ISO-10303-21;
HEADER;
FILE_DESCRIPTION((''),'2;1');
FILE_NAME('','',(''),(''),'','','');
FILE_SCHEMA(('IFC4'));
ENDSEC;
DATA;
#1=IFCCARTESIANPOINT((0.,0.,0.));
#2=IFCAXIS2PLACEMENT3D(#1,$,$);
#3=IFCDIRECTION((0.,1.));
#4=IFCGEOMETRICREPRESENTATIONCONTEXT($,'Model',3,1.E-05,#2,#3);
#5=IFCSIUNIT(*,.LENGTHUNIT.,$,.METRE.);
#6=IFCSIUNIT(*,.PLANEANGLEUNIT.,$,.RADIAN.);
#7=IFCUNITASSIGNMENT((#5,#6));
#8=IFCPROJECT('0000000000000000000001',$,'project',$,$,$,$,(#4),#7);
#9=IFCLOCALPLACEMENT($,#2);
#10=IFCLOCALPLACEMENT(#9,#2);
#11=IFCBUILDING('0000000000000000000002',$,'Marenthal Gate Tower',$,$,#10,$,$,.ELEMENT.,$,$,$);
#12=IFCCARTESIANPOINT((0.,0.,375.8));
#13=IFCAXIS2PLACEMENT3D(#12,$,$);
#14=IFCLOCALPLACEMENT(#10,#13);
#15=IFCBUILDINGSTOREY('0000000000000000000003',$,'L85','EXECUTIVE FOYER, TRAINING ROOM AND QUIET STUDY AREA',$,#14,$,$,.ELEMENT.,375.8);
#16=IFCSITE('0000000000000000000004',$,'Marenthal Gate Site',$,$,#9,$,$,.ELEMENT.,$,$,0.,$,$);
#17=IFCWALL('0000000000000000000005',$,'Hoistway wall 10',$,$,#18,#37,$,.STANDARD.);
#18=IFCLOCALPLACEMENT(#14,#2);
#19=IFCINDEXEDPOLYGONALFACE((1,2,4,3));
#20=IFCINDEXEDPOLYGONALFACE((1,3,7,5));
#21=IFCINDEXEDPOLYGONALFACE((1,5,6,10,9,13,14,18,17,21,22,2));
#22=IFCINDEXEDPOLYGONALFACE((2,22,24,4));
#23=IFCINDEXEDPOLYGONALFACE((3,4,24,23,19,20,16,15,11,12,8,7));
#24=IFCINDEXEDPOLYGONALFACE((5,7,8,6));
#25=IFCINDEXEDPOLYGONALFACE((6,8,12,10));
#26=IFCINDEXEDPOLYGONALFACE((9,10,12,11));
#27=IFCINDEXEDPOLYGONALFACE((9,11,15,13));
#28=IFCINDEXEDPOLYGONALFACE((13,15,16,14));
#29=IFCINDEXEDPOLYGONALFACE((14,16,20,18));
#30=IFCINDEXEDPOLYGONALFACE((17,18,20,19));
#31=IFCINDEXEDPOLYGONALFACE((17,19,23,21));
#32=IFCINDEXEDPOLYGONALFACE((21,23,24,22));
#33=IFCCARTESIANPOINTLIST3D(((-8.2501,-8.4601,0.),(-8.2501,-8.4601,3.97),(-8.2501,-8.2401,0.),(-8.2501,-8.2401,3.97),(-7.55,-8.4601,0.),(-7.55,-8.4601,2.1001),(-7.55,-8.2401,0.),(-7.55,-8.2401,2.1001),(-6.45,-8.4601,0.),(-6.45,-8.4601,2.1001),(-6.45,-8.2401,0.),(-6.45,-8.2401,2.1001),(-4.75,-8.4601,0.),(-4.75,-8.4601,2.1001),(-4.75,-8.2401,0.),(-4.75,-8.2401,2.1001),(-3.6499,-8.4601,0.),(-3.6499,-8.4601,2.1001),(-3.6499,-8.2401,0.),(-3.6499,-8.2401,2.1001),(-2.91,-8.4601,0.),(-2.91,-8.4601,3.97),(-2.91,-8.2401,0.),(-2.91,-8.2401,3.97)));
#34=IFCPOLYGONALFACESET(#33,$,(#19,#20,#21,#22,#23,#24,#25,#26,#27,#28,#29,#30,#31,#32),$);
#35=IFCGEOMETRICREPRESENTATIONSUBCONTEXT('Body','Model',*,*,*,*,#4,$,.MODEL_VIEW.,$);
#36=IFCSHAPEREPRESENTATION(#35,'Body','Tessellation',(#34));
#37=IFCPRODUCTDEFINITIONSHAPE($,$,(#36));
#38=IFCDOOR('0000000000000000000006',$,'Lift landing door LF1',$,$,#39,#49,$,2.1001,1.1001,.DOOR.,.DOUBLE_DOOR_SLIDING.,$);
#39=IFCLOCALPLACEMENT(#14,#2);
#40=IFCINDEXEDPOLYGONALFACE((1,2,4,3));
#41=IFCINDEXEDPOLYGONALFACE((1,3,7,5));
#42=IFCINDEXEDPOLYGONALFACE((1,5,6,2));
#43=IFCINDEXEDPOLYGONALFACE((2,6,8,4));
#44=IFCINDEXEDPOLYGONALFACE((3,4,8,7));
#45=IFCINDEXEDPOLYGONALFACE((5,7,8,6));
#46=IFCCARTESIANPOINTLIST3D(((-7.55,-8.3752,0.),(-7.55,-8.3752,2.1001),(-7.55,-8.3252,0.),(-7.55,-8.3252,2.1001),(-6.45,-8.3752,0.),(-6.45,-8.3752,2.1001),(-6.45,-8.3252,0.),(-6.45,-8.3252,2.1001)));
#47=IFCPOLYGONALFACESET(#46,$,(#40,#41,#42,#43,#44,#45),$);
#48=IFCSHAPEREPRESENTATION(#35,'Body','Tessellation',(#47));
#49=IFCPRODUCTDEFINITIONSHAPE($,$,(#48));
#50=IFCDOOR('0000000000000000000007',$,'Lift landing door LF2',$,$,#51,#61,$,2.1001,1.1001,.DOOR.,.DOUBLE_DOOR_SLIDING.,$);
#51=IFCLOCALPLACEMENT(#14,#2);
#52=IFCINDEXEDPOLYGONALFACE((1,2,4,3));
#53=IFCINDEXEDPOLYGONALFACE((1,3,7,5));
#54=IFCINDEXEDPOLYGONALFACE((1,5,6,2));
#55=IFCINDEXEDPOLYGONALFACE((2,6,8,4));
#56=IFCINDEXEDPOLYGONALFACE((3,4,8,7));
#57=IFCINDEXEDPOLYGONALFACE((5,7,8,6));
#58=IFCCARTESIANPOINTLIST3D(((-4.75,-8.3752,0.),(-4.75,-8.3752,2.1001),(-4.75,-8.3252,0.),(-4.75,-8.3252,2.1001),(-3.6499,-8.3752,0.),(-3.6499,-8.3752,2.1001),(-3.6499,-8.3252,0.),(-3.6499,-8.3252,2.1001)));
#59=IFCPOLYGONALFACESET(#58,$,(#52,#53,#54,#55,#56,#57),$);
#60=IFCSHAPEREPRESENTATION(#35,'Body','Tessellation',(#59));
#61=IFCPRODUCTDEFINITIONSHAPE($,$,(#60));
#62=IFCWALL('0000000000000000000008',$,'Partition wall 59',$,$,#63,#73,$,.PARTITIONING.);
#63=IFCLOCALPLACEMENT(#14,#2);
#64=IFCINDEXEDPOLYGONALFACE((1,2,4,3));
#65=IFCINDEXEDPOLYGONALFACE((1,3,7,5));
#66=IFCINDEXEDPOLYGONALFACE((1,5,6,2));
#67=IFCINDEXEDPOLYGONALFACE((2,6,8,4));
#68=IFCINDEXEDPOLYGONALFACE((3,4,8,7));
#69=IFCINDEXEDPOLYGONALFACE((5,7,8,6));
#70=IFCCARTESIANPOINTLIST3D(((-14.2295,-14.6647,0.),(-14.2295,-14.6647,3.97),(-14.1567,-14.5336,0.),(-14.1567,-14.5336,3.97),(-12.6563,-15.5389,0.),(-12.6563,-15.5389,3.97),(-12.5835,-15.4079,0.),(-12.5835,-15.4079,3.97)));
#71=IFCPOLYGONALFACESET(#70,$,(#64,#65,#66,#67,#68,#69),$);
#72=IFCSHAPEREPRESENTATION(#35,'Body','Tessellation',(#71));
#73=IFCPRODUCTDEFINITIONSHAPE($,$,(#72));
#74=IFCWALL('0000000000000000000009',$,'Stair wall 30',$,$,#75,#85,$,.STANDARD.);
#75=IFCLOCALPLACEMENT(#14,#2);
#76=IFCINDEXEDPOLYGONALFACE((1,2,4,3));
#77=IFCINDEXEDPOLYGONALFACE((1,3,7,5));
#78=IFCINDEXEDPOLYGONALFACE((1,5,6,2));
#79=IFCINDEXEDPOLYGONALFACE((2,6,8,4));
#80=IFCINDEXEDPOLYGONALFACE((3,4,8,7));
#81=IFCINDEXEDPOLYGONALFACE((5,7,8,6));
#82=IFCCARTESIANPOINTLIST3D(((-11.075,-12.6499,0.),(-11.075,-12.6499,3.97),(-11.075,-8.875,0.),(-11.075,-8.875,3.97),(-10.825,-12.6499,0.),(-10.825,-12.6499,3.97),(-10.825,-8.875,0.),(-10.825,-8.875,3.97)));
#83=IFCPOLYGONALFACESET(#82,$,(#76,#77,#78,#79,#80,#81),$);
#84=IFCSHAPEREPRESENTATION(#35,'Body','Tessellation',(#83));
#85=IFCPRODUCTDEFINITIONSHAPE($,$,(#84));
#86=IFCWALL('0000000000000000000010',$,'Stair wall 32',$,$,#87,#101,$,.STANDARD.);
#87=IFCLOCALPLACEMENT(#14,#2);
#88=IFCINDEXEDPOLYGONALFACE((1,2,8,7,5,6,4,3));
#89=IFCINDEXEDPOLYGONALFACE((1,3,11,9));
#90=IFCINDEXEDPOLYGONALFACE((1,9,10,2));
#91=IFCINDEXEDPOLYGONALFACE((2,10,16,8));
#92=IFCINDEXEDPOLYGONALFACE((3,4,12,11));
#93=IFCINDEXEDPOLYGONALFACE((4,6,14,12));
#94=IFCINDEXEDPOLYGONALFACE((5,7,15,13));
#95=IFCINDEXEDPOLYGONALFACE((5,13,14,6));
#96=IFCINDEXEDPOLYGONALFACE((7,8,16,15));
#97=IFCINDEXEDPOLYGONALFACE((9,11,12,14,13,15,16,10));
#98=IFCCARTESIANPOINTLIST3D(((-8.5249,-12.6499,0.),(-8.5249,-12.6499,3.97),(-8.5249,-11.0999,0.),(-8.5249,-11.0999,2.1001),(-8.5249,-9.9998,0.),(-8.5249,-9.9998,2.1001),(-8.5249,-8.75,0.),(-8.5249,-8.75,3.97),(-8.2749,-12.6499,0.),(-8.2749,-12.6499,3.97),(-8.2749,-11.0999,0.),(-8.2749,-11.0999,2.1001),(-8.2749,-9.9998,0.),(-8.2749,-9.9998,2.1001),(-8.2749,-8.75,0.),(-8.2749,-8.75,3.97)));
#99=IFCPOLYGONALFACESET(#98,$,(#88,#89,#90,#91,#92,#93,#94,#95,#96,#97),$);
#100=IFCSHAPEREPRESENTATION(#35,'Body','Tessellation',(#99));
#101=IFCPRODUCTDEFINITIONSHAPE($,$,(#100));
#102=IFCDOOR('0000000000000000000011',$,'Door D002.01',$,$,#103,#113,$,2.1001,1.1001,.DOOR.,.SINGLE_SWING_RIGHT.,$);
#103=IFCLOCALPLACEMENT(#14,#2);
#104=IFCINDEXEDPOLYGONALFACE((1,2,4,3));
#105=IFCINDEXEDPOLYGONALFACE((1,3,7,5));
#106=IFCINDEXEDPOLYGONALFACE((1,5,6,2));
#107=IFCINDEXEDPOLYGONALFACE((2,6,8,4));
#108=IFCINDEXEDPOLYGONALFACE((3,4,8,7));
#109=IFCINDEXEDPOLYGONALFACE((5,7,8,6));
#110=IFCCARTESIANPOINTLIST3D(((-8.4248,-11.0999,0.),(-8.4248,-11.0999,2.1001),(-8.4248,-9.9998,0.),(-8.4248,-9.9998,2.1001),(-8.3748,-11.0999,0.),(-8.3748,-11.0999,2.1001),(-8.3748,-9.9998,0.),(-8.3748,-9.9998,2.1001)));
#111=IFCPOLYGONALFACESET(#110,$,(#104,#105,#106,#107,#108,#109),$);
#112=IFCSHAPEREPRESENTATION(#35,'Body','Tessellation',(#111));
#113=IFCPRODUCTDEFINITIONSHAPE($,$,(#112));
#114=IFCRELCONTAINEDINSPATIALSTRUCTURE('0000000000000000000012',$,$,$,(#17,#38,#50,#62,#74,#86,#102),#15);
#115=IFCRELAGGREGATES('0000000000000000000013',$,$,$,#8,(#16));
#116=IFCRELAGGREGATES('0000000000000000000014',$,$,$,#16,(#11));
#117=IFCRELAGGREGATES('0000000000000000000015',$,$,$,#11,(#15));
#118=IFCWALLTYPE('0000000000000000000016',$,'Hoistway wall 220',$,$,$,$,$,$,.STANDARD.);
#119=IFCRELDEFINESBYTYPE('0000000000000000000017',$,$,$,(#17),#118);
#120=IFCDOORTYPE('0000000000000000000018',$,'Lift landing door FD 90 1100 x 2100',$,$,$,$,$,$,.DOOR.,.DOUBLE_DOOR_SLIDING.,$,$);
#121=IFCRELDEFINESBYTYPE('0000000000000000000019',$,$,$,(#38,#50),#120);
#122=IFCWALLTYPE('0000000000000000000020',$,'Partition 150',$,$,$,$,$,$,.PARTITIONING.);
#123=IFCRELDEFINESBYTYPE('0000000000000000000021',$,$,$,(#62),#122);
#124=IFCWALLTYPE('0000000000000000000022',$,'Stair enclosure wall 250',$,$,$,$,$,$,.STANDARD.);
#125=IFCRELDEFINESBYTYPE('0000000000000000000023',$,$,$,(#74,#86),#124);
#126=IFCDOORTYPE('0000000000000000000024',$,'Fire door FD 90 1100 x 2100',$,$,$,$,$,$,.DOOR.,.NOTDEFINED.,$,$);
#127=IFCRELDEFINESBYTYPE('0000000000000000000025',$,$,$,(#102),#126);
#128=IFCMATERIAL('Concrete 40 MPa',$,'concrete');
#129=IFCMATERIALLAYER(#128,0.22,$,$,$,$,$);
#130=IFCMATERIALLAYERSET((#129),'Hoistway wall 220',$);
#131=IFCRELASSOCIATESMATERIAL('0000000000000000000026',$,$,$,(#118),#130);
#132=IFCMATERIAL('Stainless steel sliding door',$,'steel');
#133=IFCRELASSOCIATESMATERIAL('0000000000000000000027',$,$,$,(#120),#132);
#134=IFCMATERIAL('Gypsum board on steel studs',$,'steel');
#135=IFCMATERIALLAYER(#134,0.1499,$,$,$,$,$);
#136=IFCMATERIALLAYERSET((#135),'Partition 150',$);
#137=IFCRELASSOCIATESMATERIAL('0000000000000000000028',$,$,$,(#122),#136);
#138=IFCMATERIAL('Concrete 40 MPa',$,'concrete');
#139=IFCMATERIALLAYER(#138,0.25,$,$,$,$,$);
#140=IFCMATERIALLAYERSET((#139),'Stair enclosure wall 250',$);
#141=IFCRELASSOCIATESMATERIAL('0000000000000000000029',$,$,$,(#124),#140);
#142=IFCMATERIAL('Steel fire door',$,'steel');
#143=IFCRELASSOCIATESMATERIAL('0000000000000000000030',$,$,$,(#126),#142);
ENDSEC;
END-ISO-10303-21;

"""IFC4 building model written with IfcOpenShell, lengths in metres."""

from ifc_helpers import new_model, si_unit, direction, frame, frame_2d, origin, place, context, subcontext, project, spatial, rectangle, extrude, material, layer, layer_set, type_object, element, fill, save


model = new_model("IFC4")

# Units and contexts
model_context = context("Model", 3, precision=1e-05, world=origin(), true_north=direction((0.0, 1.0)))
body_context = subcontext(model_context, "Body", "Model", "MODEL_VIEW")
ifc_project = project(units=[si_unit("LENGTHUNIT", "METRE"), si_unit("PLANEANGLEUNIT", "RADIAN")], contexts=[model_context])

# Site, building, storey
site_placement = place(None, origin())
site = spatial("IfcSite", under=ifc_project, at=site_placement, Name="Marenthal Gate Site", CompositionType="ELEMENT", RefElevation=0.0)
building_placement = place(site_placement, origin())
building = spatial("IfcBuilding", under=site, at=building_placement, Name="Marenthal Gate Tower", CompositionType="ELEMENT")
storey_placement = place(building_placement, frame((0.0, 0.0, 375.8)))
storey = spatial("IfcBuildingStorey", under=building, at=storey_placement, Name="L85", Description="EXECUTIVE FOYER, TRAINING ROOM AND QUIET STUDY AREA", CompositionType="ELEMENT", Elevation=375.8)

# Wall, openings, doors
ifc_material_1 = material(Name="Concrete 40 MPa", Category="concrete")
ifc_layer_1 = layer(ifc_material_1, 0.22)
ifc_layer_set_1 = layer_set([ifc_layer_1], Name="Hoistway wall 220")
wall_type_1 = type_object("IfcWallType", Name="Hoistway wall 220", PredefinedType="STANDARD", material=ifc_layer_set_1)
wall_1_placement = place(storey_placement, frame((-8.25, -8.3501, 0.0), z_axis=(0.0, 0.0, 1.0), x_axis=(1.0, 0.0, 0.0)))
wall_1 = element("IfcWall", 1, at=wall_1_placement, inside=storey, type_object=wall_type_1, Name="Hoistway wall 10", PredefinedType="STANDARD", context=body_context, shape_type="SweptSolid", body=[
    extrude(rectangle(XDim=5.3401, YDim=0.22, at=frame_2d((2.6699, 0.0))), origin(), (0.0, 0.0, 1.0), 3.97),
])
opening_1_placement = place(wall_1_placement, frame((0.7, 0.0, 0.0)))
opening_1 = element("IfcOpeningElement", 2, at=opening_1_placement, cuts=wall_1, PredefinedType="OPENING", context=body_context, shape_type="SweptSolid", body=[
    extrude(rectangle(XDim=1.1001, YDim=2.1001, at=frame_2d((0.55, 1.05))), frame((0.0, 0.1201, 0.0), z_axis=(0.0, -1.0, 0.0), x_axis=(1.0, 0.0, 0.0)), (0.0, 0.0, 1.0), 0.24),
])
opening_2_placement = place(wall_1_placement, frame((3.5, 0.0, 0.0)))
opening_2 = element("IfcOpeningElement", 3, at=opening_2_placement, cuts=wall_1, PredefinedType="OPENING", context=body_context, shape_type="SweptSolid", body=[
    extrude(rectangle(XDim=1.1001, YDim=2.1001, at=frame_2d((0.55, 1.05))), frame((0.0, 0.1201, 0.0), z_axis=(0.0, -1.0, 0.0), x_axis=(1.0, 0.0, 0.0)), (0.0, 0.0, 1.0), 0.24),
])
ifc_material_2 = material(Name="Stainless steel sliding door", Category="steel")
door_type_1 = type_object("IfcDoorType", Name="Lift landing door FD 90 1100 x 2100", OperationType="DOUBLE_DOOR_SLIDING", PredefinedType="DOOR", material=ifc_material_2)
door_1_placement = place(opening_1_placement, origin())
door_1 = element("IfcDoor", 4, at=door_1_placement, inside=storey, type_object=door_type_1, Name="Lift landing door LF1", OperationType="DOUBLE_DOOR_SLIDING", OverallHeight=2.1001, OverallWidth=1.1001, PredefinedType="DOOR", context=body_context, shape_type="SweptSolid", body=[
    extrude(rectangle(XDim=1.1001, YDim=2.1001, at=frame_2d((0.55, 1.05))), frame((0.0, 0.0249, 0.0), z_axis=(0.0, -1.0, 0.0), x_axis=(1.0, 0.0, 0.0)), (0.0, 0.0, 1.0), 0.05),
])
fill(opening_1, door_1)
door_2_placement = place(opening_2_placement, origin())
door_2 = element("IfcDoor", 5, at=door_2_placement, inside=storey, type_object=door_type_1, Name="Lift landing door LF2", OperationType="DOUBLE_DOOR_SLIDING", OverallHeight=2.1001, OverallWidth=1.1001, PredefinedType="DOOR", context=body_context, shape_type="SweptSolid", body=[
    extrude(rectangle(XDim=1.1001, YDim=2.1001, at=frame_2d((0.55, 1.05))), frame((0.0, 0.0249, 0.0), z_axis=(0.0, -1.0, 0.0), x_axis=(1.0, 0.0, 0.0)), (0.0, 0.0, 1.0), 0.05),
])
fill(opening_2, door_2)

# Walls
ifc_material_3 = material(Name="Gypsum board on steel studs", Category="steel")
ifc_layer_2 = layer(ifc_material_3, 0.1499)
ifc_layer_set_2 = layer_set([ifc_layer_2], Name="Partition 150")
wall_type_2 = type_object("IfcWallType", Name="Partition 150", PredefinedType="PARTITIONING", material=ifc_layer_set_2)
wall_2_placement = place(storey_placement, frame((-12.6199, -15.4734, 0.0), z_axis=(0.0, 0.0, 1.0), x_axis=(-0.8741, 0.485747, 0.0)))
element("IfcWall", 6, at=wall_2_placement, inside=storey, type_object=wall_type_2, Name="Partition wall 59", PredefinedType="PARTITIONING", context=body_context, shape_type="SweptSolid", body=[
    extrude(rectangle(XDim=1.7998, YDim=0.1499, at=frame_2d((0.8999, 0.0))), origin(), (0.0, 0.0, 1.0), 3.97),
])
ifc_material_4 = material(Name="Concrete 40 MPa", Category="concrete")
ifc_layer_3 = layer(ifc_material_4, 0.25)
ifc_layer_set_3 = layer_set([ifc_layer_3], Name="Stair enclosure wall 250")
wall_type_3 = type_object("IfcWallType", Name="Stair enclosure wall 250", PredefinedType="STANDARD", material=ifc_layer_set_3)
wall_3_placement = place(storey_placement, frame((-10.95, -12.6499, 0.0), z_axis=(0.0, 0.0, 1.0), x_axis=(0.0, 1.0, 0.0)))
element("IfcWall", 7, at=wall_3_placement, inside=storey, type_object=wall_type_3, Name="Stair wall 30", PredefinedType="STANDARD", context=body_context, shape_type="SweptSolid", body=[
    extrude(rectangle(XDim=3.7749, YDim=0.25, at=frame_2d((1.8875, 0.0))), origin(), (0.0, 0.0, 1.0), 3.97),
])

# Wall, opening, door
wall_4_placement = place(storey_placement, frame((-8.3999, -12.6499, 0.0), z_axis=(0.0, 0.0, 1.0), x_axis=(0.0, 1.0, 0.0)))
wall_4 = element("IfcWall", 8, at=wall_4_placement, inside=storey, type_object=wall_type_3, Name="Stair wall 32", PredefinedType="STANDARD", context=body_context, shape_type="SweptSolid", body=[
    extrude(rectangle(XDim=3.8999, YDim=0.25, at=frame_2d((1.95, 0.0))), origin(), (0.0, 0.0, 1.0), 3.97),
])
opening_3_placement = place(wall_4_placement, frame((1.55, 0.0, 0.0)))
opening_3 = element("IfcOpeningElement", 9, at=opening_3_placement, cuts=wall_4, PredefinedType="OPENING", context=body_context, shape_type="SweptSolid", body=[
    extrude(rectangle(XDim=1.1001, YDim=2.1001, at=frame_2d((0.55, 1.05))), frame((0.0, 0.135, 0.0), z_axis=(0.0, -1.0, 0.0), x_axis=(1.0, 0.0, 0.0)), (0.0, 0.0, 1.0), 0.27),
])
ifc_material_5 = material(Name="Steel fire door", Category="steel")
door_type_2 = type_object("IfcDoorType", Name="Fire door FD 90 1100 x 2100", OperationType="NOTDEFINED", PredefinedType="DOOR", material=ifc_material_5)
door_3_placement = place(opening_3_placement, origin())
door_3 = element("IfcDoor", 10, at=door_3_placement, inside=storey, type_object=door_type_2, Name="Door D002.01", OperationType="SINGLE_SWING_RIGHT", OverallHeight=2.1001, OverallWidth=1.1001, PredefinedType="DOOR", context=body_context, shape_type="SweptSolid", body=[
    extrude(rectangle(XDim=1.1001, YDim=2.1001, at=frame_2d((0.55, 1.05))), frame((0.0, 0.0249, 0.0), z_axis=(0.0, -1.0, 0.0), x_axis=(1.0, 0.0, 0.0)), (0.0, 0.0, 1.0), 0.05),
])
fill(opening_3, door_3)

save(model, "model.ifc")
